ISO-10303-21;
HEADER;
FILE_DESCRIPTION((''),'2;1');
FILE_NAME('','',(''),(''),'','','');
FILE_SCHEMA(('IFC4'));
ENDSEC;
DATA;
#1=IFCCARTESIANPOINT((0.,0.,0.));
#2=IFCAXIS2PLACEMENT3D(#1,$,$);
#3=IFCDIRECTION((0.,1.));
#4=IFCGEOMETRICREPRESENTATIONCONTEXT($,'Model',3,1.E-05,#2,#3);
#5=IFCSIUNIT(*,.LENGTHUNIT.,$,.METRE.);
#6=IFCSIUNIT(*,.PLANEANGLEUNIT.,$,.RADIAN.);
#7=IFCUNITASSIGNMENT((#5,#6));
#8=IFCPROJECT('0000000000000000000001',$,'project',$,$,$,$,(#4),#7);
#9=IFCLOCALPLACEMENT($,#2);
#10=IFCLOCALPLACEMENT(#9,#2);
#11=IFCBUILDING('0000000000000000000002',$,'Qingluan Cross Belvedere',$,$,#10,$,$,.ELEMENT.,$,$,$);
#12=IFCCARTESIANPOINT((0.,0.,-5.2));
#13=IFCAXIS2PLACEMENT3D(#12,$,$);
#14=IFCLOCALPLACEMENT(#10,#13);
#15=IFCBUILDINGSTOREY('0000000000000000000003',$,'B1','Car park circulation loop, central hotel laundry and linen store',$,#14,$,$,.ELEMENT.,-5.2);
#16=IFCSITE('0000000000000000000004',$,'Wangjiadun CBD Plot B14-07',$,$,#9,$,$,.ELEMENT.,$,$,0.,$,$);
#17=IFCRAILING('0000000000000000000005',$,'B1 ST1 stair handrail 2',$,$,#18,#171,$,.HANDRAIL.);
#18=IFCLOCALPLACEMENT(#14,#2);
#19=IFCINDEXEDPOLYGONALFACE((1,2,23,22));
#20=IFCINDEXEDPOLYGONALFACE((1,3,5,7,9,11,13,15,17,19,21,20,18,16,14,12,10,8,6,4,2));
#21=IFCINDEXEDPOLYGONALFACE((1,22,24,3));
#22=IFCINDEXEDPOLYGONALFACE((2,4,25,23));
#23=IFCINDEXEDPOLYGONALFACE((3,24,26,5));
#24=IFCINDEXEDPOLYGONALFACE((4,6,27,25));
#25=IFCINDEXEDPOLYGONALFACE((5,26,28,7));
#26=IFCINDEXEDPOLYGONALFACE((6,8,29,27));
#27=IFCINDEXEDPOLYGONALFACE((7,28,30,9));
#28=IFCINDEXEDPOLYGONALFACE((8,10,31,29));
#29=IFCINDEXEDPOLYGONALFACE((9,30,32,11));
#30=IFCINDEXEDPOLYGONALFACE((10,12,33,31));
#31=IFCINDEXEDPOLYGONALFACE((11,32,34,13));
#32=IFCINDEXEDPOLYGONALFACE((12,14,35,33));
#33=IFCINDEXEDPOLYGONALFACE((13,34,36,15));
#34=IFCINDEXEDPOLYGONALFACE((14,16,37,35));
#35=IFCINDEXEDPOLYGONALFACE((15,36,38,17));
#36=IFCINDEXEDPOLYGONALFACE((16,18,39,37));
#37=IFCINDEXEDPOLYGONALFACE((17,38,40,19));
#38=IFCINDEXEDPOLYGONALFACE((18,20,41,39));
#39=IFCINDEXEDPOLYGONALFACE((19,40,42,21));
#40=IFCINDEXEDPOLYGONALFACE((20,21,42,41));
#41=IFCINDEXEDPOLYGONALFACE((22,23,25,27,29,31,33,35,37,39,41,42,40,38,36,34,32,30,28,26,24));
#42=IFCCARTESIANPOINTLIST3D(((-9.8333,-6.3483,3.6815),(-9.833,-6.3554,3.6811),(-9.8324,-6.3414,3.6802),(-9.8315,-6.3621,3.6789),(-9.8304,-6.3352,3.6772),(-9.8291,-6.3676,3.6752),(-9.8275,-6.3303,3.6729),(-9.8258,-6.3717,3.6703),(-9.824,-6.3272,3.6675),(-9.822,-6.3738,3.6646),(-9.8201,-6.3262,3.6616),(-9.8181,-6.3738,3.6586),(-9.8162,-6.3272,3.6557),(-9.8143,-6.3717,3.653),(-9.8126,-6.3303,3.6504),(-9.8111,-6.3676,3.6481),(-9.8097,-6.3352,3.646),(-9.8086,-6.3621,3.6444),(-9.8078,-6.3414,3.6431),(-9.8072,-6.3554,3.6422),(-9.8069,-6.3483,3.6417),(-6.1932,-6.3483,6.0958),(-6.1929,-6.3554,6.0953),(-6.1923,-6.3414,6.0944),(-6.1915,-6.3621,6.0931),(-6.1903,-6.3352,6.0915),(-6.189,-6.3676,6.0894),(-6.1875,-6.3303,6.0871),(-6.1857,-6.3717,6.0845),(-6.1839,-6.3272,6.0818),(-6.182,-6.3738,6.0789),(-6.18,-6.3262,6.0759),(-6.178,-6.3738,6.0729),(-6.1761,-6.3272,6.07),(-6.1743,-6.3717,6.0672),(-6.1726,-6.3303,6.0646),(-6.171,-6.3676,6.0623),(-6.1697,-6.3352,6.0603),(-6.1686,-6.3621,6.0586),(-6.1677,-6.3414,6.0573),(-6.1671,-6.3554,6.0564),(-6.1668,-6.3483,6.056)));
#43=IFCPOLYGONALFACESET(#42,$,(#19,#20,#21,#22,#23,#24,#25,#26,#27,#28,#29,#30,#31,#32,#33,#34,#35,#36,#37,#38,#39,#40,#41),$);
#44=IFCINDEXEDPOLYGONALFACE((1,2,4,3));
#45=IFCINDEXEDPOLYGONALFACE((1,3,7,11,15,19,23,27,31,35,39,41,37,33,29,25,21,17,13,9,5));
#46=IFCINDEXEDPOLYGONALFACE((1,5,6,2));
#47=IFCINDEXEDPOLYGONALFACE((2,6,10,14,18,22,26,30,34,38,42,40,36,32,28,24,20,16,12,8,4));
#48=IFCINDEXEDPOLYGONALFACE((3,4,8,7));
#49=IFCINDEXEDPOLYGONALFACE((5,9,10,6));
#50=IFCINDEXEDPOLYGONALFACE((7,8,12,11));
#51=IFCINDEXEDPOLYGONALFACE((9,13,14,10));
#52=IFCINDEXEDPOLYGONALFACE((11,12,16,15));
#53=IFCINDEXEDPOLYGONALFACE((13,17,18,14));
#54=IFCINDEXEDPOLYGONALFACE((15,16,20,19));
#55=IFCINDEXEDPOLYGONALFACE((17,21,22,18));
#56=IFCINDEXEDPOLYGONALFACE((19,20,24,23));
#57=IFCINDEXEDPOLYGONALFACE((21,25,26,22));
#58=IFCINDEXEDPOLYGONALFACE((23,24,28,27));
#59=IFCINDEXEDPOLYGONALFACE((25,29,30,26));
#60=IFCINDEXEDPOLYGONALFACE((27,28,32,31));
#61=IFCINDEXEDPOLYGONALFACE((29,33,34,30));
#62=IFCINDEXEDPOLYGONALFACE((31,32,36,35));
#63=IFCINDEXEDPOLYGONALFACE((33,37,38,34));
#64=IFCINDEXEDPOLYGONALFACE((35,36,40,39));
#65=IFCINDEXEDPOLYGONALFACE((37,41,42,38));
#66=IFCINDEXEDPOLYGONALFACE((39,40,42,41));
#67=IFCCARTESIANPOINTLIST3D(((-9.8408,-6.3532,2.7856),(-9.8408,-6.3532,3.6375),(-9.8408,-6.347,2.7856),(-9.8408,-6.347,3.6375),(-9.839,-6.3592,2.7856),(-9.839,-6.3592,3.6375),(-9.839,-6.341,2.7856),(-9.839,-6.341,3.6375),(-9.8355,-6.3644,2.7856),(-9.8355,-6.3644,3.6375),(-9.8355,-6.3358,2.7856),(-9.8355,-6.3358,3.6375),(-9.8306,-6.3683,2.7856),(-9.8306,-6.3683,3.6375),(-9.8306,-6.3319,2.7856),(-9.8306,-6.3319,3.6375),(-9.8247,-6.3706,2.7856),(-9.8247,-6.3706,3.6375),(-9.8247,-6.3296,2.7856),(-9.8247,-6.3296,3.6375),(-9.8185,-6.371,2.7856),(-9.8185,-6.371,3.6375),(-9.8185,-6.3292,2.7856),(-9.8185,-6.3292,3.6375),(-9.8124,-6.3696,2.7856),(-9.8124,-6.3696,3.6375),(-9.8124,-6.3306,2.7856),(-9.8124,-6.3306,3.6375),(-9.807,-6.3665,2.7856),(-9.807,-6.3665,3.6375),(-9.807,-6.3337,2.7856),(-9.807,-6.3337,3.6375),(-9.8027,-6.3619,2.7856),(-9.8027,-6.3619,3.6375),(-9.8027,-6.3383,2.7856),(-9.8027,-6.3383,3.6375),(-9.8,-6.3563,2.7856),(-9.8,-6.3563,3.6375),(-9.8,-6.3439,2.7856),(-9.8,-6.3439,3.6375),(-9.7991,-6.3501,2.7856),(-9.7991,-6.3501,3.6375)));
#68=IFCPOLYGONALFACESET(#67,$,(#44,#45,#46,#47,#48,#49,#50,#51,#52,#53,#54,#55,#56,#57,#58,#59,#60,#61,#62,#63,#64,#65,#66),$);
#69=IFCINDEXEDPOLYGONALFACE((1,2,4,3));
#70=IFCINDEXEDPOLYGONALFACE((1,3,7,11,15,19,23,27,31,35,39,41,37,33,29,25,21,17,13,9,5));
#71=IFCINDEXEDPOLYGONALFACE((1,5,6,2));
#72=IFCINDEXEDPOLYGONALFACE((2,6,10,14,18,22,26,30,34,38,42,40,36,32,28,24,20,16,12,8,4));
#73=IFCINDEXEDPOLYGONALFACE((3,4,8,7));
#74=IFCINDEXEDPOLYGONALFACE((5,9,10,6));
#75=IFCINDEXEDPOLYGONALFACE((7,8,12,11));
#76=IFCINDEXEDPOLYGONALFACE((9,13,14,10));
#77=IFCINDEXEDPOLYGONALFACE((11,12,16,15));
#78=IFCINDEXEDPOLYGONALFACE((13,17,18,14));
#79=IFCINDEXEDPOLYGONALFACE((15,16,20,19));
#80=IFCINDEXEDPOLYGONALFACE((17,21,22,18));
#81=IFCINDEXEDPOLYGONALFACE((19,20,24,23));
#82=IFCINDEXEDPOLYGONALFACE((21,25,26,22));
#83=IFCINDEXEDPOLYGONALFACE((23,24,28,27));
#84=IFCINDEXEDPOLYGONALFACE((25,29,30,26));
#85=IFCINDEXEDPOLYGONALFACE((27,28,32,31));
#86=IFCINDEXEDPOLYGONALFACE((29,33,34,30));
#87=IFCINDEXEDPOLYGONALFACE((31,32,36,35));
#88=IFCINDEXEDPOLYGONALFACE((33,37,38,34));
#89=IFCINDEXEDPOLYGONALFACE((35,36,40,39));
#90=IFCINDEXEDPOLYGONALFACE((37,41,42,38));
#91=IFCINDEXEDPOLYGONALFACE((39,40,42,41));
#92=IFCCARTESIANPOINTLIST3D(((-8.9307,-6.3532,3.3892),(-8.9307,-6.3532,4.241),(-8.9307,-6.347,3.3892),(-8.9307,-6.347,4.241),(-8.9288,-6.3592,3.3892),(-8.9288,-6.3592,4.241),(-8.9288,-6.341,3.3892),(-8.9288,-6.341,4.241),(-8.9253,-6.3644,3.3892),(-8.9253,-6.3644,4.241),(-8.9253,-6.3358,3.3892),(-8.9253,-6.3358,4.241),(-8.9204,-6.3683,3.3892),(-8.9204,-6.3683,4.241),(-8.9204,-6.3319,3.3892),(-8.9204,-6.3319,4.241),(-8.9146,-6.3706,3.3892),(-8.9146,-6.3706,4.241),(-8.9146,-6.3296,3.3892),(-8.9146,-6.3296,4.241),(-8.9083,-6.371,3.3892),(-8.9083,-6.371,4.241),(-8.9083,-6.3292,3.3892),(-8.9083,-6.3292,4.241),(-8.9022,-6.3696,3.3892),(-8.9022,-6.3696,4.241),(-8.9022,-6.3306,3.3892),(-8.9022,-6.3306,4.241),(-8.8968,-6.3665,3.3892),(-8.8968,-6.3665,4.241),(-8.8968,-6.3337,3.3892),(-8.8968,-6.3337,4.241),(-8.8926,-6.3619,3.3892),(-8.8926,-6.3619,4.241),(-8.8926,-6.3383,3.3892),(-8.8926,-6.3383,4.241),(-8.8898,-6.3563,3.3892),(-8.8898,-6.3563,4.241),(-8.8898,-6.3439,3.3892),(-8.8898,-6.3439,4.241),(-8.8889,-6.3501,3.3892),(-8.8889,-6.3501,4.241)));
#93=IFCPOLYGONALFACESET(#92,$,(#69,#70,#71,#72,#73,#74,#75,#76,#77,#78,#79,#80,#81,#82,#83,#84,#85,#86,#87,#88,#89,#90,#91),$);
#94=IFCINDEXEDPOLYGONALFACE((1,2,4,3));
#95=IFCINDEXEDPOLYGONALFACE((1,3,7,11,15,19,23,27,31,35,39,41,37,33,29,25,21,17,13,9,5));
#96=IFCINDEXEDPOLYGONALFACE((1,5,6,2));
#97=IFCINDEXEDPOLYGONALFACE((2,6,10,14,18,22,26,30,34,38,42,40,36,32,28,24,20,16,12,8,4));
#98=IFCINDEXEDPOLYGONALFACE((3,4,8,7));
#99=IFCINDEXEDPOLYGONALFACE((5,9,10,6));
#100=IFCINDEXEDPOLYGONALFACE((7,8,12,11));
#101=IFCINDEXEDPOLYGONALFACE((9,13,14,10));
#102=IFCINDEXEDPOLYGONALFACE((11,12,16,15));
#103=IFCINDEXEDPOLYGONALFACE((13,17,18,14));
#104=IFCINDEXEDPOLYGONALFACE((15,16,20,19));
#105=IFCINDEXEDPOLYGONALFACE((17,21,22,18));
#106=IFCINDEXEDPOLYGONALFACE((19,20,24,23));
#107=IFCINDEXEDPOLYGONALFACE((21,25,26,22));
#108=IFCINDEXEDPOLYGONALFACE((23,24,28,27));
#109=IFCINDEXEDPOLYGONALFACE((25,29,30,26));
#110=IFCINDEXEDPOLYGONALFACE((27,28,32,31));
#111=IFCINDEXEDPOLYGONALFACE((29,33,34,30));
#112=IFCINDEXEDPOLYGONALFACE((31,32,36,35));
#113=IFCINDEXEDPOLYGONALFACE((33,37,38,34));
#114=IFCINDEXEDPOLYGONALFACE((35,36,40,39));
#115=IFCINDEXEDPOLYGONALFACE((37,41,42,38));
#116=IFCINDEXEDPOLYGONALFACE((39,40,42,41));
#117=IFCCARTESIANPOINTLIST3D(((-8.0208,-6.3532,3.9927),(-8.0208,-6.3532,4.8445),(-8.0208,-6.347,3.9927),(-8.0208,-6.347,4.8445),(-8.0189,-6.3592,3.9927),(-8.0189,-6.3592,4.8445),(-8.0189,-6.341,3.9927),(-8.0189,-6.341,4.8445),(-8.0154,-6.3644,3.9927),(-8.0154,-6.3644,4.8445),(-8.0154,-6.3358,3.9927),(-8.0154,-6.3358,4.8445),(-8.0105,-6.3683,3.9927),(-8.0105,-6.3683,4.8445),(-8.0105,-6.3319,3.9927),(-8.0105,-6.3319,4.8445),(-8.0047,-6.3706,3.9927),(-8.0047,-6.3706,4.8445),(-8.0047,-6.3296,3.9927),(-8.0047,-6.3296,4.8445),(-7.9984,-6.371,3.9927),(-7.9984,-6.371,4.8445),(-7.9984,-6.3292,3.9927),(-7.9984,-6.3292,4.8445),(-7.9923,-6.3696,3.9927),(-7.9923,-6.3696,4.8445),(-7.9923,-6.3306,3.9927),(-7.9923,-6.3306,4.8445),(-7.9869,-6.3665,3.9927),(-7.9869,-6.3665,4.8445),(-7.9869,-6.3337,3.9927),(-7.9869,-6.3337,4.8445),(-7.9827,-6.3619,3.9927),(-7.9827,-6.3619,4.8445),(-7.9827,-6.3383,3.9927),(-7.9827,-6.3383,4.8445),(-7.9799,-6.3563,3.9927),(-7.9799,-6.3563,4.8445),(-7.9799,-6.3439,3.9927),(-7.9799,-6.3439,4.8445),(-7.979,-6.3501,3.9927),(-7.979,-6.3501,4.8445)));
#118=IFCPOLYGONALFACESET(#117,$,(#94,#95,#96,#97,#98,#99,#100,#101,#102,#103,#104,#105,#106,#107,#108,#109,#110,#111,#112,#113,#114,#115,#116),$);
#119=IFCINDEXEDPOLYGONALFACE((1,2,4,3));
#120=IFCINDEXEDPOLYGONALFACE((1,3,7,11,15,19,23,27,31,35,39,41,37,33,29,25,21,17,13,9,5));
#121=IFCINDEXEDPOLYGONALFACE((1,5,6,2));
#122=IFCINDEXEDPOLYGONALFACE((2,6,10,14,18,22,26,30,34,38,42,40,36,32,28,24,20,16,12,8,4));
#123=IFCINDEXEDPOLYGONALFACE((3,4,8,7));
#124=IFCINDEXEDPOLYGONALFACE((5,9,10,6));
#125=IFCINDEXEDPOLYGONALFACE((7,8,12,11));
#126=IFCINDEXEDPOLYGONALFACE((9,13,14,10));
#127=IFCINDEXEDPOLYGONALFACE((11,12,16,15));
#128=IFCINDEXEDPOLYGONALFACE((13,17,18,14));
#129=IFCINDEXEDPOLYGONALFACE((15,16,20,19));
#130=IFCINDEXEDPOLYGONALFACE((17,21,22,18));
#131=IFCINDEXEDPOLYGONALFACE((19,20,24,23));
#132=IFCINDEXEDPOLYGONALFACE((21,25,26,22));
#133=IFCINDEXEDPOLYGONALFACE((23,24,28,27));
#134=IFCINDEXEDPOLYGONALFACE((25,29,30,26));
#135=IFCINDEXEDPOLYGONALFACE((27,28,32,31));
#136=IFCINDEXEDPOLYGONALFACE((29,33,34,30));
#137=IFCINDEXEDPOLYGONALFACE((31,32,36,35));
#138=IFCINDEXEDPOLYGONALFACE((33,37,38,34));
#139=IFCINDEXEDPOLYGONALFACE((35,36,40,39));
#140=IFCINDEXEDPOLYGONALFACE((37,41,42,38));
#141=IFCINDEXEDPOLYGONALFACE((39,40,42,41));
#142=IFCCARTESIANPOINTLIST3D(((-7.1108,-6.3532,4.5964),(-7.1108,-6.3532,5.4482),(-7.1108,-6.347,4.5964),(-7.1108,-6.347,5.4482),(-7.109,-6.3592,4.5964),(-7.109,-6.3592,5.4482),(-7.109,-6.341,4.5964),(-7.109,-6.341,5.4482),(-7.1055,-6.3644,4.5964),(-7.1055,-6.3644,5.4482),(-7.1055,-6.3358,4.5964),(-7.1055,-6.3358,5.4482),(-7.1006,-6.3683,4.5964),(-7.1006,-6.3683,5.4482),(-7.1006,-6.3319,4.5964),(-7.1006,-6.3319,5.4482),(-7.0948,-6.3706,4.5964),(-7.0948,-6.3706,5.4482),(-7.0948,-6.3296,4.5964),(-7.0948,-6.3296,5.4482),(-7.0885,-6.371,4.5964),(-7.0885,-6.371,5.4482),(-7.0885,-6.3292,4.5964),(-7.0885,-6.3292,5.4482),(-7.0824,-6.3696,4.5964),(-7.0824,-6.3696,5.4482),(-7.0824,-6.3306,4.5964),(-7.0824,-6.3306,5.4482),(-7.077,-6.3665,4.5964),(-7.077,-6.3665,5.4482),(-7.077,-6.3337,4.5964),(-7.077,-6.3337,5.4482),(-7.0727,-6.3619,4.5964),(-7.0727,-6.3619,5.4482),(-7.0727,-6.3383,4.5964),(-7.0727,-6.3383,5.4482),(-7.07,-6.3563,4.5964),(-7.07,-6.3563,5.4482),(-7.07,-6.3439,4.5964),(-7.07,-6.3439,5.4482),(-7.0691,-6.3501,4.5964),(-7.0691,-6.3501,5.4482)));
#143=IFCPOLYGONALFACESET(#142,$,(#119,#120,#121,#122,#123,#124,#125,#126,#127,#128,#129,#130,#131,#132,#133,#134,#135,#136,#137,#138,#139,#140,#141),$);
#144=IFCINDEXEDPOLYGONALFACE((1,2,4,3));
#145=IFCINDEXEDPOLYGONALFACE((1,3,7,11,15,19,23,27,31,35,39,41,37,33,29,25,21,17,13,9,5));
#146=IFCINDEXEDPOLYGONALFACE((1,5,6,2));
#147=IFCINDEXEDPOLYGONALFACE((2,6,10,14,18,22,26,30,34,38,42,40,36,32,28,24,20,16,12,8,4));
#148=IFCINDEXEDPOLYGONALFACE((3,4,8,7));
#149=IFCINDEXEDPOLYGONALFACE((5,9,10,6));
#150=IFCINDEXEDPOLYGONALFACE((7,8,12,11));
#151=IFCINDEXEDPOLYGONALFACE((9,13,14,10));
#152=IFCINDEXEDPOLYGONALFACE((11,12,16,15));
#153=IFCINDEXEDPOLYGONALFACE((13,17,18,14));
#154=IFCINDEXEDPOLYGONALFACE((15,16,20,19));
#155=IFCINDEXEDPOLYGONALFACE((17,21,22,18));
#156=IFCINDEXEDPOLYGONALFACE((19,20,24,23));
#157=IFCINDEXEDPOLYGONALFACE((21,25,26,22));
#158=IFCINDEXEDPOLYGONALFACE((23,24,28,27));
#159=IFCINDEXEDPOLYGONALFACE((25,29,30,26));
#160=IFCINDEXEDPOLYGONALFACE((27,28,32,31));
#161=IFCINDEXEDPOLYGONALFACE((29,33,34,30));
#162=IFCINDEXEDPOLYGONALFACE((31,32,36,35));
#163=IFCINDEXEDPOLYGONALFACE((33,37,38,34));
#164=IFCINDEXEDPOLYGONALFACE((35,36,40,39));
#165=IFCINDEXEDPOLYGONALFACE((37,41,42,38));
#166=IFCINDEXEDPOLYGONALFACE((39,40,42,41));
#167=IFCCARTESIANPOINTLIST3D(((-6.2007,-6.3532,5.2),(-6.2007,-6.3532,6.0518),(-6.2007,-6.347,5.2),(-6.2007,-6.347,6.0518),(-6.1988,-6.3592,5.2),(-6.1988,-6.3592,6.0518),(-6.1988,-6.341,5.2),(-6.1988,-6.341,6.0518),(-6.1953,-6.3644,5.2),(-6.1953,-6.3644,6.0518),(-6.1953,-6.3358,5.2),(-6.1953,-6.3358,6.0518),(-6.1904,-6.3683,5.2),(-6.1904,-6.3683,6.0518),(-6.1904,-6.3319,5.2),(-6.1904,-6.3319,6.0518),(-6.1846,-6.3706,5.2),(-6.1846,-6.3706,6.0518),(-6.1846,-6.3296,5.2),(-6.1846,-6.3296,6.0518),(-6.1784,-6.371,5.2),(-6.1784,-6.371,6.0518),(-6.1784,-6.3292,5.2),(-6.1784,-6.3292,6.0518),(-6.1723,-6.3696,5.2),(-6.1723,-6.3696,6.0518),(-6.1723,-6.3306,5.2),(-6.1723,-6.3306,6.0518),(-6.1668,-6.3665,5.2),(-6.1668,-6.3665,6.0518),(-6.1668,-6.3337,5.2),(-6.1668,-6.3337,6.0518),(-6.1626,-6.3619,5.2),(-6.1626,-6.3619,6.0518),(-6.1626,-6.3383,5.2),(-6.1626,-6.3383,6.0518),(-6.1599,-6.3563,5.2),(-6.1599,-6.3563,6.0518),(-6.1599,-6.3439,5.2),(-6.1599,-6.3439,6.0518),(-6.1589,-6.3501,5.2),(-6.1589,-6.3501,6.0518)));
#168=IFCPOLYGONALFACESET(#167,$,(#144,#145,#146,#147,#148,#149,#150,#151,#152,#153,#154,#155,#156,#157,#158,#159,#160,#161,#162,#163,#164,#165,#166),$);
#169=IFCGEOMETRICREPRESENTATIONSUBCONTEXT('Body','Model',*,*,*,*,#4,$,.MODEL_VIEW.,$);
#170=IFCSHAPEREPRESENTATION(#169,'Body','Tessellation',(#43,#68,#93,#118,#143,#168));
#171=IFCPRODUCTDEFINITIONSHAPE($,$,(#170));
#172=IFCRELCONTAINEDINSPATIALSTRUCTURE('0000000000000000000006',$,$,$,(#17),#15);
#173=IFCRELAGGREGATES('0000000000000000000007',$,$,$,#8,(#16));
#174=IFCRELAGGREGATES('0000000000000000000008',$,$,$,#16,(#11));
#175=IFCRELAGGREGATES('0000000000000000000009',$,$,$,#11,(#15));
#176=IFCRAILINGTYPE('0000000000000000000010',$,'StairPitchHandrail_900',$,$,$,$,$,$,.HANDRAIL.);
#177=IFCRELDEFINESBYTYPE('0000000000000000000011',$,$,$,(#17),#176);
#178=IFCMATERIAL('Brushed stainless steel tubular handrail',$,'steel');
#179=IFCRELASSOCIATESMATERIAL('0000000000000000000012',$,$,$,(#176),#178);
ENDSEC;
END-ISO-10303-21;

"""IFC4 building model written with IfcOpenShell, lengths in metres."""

from ifc_helpers import new_model, si_unit, direction, frame, origin, origin_2d, place, context, subcontext, project, spatial, circle, extrude, material, type_object, element, save


model = new_model("IFC4")

# Units and contexts
model_context = context("Model", 3, precision=1e-05, world=origin(), true_north=direction((0.0, 1.0)))
body_context = subcontext(model_context, "Body", "Model", "MODEL_VIEW")
ifc_project = project(units=[si_unit("LENGTHUNIT", "METRE"), si_unit("PLANEANGLEUNIT", "RADIAN")], contexts=[model_context])

# Site, building, storey
site_placement = place(None, origin())
site = spatial("IfcSite", under=ifc_project, at=site_placement, Name="Wangjiadun CBD Plot B14-07", CompositionType="ELEMENT", RefElevation=0.0)
building_placement = place(site_placement, origin())
building = spatial("IfcBuilding", under=site, at=building_placement, Name="Qingluan Cross Belvedere", CompositionType="ELEMENT")
storey_placement = place(building_placement, frame((0.0, 0.0, -5.2)))
storey = spatial("IfcBuildingStorey", under=building, at=storey_placement, Name="B1", Description="Car park circulation loop, central hotel laundry and linen store", CompositionType="ELEMENT", Elevation=-5.2)

# Railing
ifc_material_1 = material(Name="Brushed stainless steel tubular handrail", Category="steel")
railing_type_1 = type_object("IfcRailingType", Name="StairPitchHandrail_900", PredefinedType="HANDRAIL", material=ifc_material_1)
railing_1_placement = place(storey_placement, frame((-9.8201, -6.3501, 2.7856)))
element("IfcRailing", 1, at=railing_1_placement, inside=storey, type_object=railing_type_1, Name="B1 ST1 stair handrail 2", PredefinedType="HANDRAIL", context=body_context, shape_type="SweptSolid", body=[
    extrude(circle(Radius=0.0239, at=origin_2d()), frame((0.0, 0.0, 0.876), z_axis=(0.833364, 0.0, 0.552725), x_axis=(0.0, 1.0, 0.0)), (0.0, 0.0, 1.0), 4.3679),
    extrude(circle(Radius=0.021, at=origin_2d()), origin(), (0.0, 0.0, 1.0), 0.8518),
    extrude(circle(Radius=0.021, at=origin_2d()), frame((0.9102, 0.0, 0.6035)), (0.0, 0.0, 1.0), 0.8518),
    extrude(circle(Radius=0.021, at=origin_2d()), frame((1.8201, 0.0, 1.207)), (0.0, 0.0, 1.0), 0.8518),
    extrude(circle(Radius=0.021, at=origin_2d()), frame((2.73, 0.0, 1.8108)), (0.0, 0.0, 1.0), 0.8518),
    extrude(circle(Radius=0.021, at=origin_2d()), frame((3.6401, 0.0, 2.4143)), (0.0, 0.0, 1.0), 0.8518),
])

save(model, "model.ifc")
